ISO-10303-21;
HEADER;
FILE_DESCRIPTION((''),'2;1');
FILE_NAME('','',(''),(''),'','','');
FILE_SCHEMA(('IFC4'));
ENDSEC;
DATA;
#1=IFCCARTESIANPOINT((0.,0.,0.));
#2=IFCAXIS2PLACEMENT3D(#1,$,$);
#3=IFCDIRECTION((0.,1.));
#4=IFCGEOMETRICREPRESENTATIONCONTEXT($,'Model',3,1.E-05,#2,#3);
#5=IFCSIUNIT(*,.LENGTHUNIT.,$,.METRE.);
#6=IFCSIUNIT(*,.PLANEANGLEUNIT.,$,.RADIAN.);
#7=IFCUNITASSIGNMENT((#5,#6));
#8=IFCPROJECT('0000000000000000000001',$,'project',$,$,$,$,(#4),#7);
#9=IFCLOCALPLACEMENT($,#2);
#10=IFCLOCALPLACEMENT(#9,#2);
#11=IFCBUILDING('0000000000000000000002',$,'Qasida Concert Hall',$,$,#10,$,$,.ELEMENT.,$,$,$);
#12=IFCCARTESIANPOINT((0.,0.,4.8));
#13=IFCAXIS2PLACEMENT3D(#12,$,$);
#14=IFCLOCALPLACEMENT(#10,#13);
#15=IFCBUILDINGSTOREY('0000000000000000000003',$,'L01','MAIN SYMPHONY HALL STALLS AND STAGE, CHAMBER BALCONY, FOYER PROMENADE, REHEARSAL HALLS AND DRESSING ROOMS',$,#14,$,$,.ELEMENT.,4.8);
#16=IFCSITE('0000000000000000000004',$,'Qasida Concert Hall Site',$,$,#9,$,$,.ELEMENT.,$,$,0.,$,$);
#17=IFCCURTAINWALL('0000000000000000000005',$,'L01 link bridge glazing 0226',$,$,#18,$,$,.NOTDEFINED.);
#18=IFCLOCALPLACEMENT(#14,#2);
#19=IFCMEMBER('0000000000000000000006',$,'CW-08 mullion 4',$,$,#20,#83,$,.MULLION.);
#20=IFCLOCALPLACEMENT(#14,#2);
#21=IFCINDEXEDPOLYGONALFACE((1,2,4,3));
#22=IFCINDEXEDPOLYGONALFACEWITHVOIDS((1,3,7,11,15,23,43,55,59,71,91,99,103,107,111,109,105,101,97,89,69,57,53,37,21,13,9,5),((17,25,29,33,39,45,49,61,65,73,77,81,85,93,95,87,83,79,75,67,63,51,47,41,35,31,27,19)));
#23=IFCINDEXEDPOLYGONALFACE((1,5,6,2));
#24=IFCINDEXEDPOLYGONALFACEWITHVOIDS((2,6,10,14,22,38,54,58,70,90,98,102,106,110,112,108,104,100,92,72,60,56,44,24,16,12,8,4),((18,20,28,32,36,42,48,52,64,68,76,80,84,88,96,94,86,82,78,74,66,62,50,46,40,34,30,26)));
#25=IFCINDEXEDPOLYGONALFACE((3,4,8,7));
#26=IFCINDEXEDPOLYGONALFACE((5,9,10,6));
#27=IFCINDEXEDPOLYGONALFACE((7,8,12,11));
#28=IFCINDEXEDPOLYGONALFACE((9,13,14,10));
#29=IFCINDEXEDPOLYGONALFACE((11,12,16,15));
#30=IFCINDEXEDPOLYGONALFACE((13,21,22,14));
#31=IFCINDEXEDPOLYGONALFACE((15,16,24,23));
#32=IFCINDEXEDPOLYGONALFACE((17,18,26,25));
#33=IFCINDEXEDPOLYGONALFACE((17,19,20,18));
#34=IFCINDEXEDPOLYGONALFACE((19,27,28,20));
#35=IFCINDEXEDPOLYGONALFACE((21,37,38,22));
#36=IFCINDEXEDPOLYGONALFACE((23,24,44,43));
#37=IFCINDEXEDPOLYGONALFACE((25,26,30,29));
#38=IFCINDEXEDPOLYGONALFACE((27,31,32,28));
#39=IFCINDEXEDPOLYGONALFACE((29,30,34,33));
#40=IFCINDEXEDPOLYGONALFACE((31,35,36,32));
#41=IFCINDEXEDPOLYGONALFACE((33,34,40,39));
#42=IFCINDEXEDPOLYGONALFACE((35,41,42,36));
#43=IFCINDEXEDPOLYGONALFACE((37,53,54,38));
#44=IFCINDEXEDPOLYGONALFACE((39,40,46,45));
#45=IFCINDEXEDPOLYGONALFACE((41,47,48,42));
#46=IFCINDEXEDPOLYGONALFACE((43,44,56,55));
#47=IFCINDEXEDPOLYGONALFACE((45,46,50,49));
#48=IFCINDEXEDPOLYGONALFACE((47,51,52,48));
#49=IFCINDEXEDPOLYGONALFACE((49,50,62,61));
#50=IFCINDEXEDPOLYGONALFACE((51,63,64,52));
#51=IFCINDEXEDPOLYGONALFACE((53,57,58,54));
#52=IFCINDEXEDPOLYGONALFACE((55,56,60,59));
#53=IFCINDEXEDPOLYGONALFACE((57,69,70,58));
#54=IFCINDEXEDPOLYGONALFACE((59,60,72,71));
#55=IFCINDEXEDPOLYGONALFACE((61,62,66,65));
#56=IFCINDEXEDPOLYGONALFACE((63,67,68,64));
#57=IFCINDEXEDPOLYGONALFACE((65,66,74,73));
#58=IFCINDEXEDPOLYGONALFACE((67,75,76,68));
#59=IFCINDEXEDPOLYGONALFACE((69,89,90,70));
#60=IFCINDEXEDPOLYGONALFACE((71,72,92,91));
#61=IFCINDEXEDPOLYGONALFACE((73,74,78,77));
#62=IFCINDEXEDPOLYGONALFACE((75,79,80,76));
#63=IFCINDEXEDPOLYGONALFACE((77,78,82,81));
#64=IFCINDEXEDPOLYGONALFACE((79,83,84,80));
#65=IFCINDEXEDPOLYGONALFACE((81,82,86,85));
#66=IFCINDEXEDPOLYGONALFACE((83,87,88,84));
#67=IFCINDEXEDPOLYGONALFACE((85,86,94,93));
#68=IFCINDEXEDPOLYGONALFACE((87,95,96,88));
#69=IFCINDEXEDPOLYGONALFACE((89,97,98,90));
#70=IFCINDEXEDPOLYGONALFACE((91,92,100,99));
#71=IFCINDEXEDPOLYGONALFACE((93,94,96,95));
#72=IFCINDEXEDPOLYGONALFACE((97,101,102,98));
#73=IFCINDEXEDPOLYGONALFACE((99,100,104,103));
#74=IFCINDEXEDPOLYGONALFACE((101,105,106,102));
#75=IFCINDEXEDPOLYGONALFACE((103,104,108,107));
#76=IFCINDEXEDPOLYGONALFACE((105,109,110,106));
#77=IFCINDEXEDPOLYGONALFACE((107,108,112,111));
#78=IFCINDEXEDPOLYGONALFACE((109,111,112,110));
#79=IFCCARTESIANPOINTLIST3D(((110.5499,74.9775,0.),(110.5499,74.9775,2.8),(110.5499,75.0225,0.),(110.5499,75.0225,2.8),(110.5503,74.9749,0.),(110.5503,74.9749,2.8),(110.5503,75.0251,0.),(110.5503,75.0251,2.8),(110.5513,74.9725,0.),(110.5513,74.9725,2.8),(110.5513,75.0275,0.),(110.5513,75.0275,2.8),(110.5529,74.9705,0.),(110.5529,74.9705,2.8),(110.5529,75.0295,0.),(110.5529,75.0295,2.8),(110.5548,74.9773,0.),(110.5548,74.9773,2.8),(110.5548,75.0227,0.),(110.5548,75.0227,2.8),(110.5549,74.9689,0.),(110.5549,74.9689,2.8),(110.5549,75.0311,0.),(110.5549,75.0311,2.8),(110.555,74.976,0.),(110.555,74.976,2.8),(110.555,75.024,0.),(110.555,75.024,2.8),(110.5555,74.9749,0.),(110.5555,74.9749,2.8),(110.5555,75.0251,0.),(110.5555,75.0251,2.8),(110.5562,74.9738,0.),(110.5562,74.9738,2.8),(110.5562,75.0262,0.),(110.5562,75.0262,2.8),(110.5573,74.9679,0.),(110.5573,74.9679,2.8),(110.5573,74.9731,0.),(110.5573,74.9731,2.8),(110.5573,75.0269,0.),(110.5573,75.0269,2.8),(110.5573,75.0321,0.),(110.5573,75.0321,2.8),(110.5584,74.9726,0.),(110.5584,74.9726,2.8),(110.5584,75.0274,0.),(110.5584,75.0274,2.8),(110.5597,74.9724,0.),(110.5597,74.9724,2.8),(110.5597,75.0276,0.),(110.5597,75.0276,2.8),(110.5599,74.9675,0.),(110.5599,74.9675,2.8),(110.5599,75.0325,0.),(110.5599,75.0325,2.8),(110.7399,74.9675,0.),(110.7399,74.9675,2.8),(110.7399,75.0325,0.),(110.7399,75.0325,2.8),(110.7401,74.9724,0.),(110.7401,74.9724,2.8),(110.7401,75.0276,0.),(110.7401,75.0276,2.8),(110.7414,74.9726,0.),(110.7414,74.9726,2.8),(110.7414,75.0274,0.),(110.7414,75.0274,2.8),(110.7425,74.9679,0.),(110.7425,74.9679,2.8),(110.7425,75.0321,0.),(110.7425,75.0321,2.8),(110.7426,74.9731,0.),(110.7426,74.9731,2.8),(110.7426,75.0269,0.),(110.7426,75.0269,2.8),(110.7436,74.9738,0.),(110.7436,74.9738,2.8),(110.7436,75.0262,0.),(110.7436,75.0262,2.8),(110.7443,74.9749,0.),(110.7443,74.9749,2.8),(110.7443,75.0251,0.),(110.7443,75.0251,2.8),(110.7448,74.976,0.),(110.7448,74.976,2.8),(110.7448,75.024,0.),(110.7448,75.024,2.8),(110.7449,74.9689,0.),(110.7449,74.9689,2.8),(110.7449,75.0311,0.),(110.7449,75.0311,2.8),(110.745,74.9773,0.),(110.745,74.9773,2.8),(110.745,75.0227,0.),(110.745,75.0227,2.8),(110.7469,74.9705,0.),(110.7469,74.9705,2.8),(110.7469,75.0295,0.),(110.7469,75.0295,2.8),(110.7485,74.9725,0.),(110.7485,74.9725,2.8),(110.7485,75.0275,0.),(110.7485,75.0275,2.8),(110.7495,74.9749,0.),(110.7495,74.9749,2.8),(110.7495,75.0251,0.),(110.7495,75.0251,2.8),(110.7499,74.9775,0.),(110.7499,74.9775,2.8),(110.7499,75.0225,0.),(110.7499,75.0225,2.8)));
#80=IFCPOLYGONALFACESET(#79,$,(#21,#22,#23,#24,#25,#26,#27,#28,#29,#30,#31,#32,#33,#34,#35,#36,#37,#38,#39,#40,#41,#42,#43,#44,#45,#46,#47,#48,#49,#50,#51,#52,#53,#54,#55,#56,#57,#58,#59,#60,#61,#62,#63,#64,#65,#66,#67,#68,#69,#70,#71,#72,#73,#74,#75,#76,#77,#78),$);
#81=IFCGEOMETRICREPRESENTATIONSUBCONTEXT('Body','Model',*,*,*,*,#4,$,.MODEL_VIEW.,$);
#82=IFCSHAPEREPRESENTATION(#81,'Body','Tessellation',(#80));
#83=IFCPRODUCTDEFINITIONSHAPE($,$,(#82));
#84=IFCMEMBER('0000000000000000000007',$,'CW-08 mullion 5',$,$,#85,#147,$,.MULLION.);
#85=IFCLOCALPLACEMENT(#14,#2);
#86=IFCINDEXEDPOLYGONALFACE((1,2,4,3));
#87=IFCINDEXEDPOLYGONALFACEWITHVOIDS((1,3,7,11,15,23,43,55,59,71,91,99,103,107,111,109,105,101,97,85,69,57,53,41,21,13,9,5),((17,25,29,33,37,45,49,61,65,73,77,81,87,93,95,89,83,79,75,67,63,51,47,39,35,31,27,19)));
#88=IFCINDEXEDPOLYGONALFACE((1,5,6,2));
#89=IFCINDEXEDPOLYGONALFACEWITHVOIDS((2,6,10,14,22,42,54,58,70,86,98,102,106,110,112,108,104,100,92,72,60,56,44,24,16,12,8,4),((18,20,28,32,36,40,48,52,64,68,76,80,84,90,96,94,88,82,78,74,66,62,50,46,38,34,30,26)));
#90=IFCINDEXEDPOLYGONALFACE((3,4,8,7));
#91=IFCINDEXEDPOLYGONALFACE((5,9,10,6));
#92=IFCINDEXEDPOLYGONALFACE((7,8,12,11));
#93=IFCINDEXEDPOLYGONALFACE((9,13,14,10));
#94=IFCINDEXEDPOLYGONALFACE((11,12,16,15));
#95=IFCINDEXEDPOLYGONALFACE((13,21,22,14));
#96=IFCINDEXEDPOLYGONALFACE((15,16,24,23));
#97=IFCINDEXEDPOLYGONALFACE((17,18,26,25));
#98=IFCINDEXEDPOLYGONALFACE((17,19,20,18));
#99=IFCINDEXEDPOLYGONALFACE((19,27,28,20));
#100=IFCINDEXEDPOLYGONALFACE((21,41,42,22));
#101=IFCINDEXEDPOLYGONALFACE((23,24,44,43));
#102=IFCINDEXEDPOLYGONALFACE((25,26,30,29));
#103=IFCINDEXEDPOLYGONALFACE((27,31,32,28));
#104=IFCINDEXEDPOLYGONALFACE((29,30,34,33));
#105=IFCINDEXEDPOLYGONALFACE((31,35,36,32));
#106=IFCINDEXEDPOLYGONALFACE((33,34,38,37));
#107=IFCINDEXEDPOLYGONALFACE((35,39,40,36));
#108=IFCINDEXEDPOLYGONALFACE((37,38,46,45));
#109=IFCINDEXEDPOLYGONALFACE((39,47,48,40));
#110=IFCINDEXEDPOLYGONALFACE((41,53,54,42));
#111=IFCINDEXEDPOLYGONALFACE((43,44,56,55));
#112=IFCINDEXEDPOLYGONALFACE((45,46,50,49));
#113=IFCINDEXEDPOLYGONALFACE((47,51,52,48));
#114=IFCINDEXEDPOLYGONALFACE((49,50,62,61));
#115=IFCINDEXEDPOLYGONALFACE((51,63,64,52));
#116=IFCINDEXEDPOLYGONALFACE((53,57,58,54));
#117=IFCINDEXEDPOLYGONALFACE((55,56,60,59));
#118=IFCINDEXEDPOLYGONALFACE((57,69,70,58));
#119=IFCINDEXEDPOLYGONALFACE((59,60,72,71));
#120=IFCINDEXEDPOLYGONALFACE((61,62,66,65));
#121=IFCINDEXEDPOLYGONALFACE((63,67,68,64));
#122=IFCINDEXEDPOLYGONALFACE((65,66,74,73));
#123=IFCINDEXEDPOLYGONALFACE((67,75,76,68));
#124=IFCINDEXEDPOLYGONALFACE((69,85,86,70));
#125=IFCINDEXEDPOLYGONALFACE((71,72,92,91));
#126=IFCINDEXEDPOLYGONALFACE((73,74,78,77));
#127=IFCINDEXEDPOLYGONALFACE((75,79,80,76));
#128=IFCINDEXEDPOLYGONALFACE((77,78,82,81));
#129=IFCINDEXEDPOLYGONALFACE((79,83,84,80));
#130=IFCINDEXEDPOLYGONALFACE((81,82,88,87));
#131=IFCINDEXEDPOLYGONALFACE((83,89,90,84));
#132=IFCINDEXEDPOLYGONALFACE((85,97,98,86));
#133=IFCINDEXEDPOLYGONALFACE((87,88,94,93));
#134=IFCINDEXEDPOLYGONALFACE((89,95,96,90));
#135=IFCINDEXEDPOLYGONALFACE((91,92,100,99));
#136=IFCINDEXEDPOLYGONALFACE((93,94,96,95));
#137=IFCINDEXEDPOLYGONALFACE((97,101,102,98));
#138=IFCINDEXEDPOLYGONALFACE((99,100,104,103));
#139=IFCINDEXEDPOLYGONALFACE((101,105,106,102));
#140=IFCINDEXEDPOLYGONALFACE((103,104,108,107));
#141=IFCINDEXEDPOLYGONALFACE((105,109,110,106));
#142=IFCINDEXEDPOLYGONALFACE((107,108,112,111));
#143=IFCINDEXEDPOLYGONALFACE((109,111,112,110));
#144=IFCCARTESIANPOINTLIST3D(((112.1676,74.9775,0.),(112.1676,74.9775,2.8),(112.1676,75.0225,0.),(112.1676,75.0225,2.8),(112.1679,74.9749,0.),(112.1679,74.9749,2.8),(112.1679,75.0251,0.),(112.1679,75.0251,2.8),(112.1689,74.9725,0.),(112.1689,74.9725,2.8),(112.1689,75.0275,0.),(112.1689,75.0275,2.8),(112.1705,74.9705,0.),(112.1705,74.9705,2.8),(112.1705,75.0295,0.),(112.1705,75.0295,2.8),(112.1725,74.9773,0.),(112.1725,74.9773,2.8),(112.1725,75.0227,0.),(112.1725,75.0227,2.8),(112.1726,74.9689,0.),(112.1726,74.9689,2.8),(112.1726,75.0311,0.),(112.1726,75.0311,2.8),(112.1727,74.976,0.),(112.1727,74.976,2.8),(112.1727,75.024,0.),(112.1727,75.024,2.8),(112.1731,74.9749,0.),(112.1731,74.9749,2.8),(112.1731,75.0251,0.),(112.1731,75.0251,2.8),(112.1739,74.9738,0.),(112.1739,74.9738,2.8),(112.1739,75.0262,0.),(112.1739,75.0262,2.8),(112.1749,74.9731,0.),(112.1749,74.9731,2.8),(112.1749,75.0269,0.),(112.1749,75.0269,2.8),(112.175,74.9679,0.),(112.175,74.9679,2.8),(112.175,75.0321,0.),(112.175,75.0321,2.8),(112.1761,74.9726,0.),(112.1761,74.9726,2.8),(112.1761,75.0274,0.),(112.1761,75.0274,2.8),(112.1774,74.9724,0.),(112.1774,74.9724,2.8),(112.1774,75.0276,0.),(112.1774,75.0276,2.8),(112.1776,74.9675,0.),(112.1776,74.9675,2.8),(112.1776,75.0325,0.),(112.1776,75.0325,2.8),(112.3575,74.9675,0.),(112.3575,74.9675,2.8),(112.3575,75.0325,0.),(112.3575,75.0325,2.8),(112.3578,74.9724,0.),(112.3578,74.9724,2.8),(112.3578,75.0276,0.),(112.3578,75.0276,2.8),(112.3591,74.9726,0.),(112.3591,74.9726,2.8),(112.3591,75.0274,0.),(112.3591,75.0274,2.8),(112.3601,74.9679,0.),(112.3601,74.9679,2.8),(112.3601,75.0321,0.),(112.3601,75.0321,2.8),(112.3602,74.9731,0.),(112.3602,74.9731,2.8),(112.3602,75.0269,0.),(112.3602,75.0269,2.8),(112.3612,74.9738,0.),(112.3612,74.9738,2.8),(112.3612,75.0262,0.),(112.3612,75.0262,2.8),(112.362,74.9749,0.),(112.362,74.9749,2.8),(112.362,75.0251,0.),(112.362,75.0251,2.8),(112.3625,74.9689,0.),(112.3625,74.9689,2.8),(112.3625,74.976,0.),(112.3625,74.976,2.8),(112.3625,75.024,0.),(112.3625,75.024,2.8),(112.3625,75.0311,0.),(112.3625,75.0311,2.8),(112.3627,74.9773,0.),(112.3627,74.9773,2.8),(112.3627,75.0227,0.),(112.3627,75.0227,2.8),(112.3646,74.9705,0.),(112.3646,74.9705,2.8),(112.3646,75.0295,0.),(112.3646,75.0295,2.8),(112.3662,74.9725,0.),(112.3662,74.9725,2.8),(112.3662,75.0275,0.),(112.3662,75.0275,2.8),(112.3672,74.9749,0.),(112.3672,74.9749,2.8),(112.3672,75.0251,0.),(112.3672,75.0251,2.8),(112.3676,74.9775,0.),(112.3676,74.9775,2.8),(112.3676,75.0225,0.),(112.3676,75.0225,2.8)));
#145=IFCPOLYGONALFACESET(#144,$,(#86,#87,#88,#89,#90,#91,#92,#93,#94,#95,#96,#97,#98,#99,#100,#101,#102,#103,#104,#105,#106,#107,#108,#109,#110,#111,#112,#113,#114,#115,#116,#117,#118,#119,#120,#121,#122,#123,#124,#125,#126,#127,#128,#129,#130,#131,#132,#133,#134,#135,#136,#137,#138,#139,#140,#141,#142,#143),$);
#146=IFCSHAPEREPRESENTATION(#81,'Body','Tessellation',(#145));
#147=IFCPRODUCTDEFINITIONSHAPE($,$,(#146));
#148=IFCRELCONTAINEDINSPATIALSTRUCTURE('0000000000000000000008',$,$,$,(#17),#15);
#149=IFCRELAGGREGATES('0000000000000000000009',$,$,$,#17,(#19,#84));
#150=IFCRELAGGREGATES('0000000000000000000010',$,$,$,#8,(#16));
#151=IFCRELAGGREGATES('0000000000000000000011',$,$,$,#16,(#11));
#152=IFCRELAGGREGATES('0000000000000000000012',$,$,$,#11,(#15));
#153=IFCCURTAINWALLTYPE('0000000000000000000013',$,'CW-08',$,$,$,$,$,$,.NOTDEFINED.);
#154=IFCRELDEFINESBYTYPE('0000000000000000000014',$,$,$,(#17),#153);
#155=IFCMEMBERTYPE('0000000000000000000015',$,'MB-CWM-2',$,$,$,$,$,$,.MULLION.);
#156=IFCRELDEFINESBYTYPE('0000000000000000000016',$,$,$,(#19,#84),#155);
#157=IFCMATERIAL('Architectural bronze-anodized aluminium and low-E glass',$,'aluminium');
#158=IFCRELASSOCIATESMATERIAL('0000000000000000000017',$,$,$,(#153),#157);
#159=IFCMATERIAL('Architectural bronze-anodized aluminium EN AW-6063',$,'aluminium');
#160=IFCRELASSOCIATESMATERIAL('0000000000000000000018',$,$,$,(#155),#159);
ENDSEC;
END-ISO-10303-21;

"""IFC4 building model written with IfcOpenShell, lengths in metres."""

from ifc_helpers import new_model, si_unit, direction, frame, origin, origin_2d, place, context, subcontext, project, spatial, hollow_rectangle, extrude, material, material_profile, profile_set, type_object, element, aggregate, save


model = new_model("IFC4")

# Units and contexts
model_context = context("Model", 3, precision=1e-05, world=origin(), true_north=direction((0.0, 1.0)))
body_context = subcontext(model_context, "Body", "Model", "MODEL_VIEW")
ifc_project = project(units=[si_unit("LENGTHUNIT", "METRE"), si_unit("PLANEANGLEUNIT", "RADIAN")], contexts=[model_context])

# Site, building, storey
site_placement = place(None, origin())
site = spatial("IfcSite", under=ifc_project, at=site_placement, Name="Qasida Concert Hall Site", CompositionType="ELEMENT", RefElevation=0.0)
building_placement = place(site_placement, origin())
building = spatial("IfcBuilding", under=site, at=building_placement, Name="Qasida Concert Hall", CompositionType="ELEMENT")
storey_placement = place(building_placement, frame((0.0, 0.0, 4.8)))
storey = spatial("IfcBuildingStorey", under=building, at=storey_placement, Name="L01", Description="MAIN SYMPHONY HALL STALLS AND STAGE, CHAMBER BALCONY, FOYER PROMENADE, REHEARSAL HALLS AND DRESSING ROOMS", CompositionType="ELEMENT", Elevation=4.8)

# Curtain wall, members
ifc_material_1 = material(Name="Architectural bronze-anodized aluminium and low-E glass", Category="aluminium")
curtain_wall_type = type_object("IfcCurtainWallType", Name="CW-08", PredefinedType="NOTDEFINED", material=ifc_material_1)
curtain_wall_placement = place(storey_placement, origin())
curtain_wall = element("IfcCurtainWall", 1, at=curtain_wall_placement, inside=storey, type_object=curtain_wall_type, Name="L01 link bridge glazing 0226", PredefinedType="NOTDEFINED")
ifc_material_2 = material(Name="Architectural bronze-anodized aluminium EN AW-6063", Category="aluminium")
ifc_material_profile_1 = material_profile(ifc_material_2, hollow_rectangle(XDim=0.0649, YDim=0.2, WallThickness=0.0049, InnerFilletRadius=0.0049, OuterFilletRadius=0.01, at=origin_2d()), Name="CWM 200x65x5")
ifc_profile_set_1 = profile_set([ifc_material_profile_1], Name="Architectural bronze-anodized aluminium EN AW-6063")
member_type_1 = type_object("IfcMemberType", Name="MB-CWM-2", PredefinedType="MULLION", material=ifc_profile_set_1)
member_1_placement = place(storey_placement, frame((110.6499, 75.0, 0.0), z_axis=(0.0, 0.0, 1.0), x_axis=(0.0, 1.0, 0.0)))
member_1 = element("IfcMember", 2, at=member_1_placement, type_object=member_type_1, Name="CW-08 mullion 4", PredefinedType="MULLION", context=body_context, shape_type="SweptSolid", body=[
    extrude(hollow_rectangle(XDim=0.0649, YDim=0.2, WallThickness=0.0049, InnerFilletRadius=0.0049, OuterFilletRadius=0.01, at=origin_2d()), origin(), (0.0, 0.0, 1.0), 2.8),
])
member_2_placement = place(storey_placement, frame((112.2676, 75.0, 0.0), z_axis=(0.0, 0.0, 1.0), x_axis=(0.0, 1.0, 0.0)))
member_2 = element("IfcMember", 3, at=member_2_placement, type_object=member_type_1, Name="CW-08 mullion 5", PredefinedType="MULLION", context=body_context, shape_type="SweptSolid", body=[
    extrude(hollow_rectangle(XDim=0.0649, YDim=0.2, WallThickness=0.0049, InnerFilletRadius=0.0049, OuterFilletRadius=0.01, at=origin_2d()), origin(), (0.0, 0.0, 1.0), 2.8),
])
aggregate(curtain_wall, [member_1, member_2])

save(model, "model.ifc")
